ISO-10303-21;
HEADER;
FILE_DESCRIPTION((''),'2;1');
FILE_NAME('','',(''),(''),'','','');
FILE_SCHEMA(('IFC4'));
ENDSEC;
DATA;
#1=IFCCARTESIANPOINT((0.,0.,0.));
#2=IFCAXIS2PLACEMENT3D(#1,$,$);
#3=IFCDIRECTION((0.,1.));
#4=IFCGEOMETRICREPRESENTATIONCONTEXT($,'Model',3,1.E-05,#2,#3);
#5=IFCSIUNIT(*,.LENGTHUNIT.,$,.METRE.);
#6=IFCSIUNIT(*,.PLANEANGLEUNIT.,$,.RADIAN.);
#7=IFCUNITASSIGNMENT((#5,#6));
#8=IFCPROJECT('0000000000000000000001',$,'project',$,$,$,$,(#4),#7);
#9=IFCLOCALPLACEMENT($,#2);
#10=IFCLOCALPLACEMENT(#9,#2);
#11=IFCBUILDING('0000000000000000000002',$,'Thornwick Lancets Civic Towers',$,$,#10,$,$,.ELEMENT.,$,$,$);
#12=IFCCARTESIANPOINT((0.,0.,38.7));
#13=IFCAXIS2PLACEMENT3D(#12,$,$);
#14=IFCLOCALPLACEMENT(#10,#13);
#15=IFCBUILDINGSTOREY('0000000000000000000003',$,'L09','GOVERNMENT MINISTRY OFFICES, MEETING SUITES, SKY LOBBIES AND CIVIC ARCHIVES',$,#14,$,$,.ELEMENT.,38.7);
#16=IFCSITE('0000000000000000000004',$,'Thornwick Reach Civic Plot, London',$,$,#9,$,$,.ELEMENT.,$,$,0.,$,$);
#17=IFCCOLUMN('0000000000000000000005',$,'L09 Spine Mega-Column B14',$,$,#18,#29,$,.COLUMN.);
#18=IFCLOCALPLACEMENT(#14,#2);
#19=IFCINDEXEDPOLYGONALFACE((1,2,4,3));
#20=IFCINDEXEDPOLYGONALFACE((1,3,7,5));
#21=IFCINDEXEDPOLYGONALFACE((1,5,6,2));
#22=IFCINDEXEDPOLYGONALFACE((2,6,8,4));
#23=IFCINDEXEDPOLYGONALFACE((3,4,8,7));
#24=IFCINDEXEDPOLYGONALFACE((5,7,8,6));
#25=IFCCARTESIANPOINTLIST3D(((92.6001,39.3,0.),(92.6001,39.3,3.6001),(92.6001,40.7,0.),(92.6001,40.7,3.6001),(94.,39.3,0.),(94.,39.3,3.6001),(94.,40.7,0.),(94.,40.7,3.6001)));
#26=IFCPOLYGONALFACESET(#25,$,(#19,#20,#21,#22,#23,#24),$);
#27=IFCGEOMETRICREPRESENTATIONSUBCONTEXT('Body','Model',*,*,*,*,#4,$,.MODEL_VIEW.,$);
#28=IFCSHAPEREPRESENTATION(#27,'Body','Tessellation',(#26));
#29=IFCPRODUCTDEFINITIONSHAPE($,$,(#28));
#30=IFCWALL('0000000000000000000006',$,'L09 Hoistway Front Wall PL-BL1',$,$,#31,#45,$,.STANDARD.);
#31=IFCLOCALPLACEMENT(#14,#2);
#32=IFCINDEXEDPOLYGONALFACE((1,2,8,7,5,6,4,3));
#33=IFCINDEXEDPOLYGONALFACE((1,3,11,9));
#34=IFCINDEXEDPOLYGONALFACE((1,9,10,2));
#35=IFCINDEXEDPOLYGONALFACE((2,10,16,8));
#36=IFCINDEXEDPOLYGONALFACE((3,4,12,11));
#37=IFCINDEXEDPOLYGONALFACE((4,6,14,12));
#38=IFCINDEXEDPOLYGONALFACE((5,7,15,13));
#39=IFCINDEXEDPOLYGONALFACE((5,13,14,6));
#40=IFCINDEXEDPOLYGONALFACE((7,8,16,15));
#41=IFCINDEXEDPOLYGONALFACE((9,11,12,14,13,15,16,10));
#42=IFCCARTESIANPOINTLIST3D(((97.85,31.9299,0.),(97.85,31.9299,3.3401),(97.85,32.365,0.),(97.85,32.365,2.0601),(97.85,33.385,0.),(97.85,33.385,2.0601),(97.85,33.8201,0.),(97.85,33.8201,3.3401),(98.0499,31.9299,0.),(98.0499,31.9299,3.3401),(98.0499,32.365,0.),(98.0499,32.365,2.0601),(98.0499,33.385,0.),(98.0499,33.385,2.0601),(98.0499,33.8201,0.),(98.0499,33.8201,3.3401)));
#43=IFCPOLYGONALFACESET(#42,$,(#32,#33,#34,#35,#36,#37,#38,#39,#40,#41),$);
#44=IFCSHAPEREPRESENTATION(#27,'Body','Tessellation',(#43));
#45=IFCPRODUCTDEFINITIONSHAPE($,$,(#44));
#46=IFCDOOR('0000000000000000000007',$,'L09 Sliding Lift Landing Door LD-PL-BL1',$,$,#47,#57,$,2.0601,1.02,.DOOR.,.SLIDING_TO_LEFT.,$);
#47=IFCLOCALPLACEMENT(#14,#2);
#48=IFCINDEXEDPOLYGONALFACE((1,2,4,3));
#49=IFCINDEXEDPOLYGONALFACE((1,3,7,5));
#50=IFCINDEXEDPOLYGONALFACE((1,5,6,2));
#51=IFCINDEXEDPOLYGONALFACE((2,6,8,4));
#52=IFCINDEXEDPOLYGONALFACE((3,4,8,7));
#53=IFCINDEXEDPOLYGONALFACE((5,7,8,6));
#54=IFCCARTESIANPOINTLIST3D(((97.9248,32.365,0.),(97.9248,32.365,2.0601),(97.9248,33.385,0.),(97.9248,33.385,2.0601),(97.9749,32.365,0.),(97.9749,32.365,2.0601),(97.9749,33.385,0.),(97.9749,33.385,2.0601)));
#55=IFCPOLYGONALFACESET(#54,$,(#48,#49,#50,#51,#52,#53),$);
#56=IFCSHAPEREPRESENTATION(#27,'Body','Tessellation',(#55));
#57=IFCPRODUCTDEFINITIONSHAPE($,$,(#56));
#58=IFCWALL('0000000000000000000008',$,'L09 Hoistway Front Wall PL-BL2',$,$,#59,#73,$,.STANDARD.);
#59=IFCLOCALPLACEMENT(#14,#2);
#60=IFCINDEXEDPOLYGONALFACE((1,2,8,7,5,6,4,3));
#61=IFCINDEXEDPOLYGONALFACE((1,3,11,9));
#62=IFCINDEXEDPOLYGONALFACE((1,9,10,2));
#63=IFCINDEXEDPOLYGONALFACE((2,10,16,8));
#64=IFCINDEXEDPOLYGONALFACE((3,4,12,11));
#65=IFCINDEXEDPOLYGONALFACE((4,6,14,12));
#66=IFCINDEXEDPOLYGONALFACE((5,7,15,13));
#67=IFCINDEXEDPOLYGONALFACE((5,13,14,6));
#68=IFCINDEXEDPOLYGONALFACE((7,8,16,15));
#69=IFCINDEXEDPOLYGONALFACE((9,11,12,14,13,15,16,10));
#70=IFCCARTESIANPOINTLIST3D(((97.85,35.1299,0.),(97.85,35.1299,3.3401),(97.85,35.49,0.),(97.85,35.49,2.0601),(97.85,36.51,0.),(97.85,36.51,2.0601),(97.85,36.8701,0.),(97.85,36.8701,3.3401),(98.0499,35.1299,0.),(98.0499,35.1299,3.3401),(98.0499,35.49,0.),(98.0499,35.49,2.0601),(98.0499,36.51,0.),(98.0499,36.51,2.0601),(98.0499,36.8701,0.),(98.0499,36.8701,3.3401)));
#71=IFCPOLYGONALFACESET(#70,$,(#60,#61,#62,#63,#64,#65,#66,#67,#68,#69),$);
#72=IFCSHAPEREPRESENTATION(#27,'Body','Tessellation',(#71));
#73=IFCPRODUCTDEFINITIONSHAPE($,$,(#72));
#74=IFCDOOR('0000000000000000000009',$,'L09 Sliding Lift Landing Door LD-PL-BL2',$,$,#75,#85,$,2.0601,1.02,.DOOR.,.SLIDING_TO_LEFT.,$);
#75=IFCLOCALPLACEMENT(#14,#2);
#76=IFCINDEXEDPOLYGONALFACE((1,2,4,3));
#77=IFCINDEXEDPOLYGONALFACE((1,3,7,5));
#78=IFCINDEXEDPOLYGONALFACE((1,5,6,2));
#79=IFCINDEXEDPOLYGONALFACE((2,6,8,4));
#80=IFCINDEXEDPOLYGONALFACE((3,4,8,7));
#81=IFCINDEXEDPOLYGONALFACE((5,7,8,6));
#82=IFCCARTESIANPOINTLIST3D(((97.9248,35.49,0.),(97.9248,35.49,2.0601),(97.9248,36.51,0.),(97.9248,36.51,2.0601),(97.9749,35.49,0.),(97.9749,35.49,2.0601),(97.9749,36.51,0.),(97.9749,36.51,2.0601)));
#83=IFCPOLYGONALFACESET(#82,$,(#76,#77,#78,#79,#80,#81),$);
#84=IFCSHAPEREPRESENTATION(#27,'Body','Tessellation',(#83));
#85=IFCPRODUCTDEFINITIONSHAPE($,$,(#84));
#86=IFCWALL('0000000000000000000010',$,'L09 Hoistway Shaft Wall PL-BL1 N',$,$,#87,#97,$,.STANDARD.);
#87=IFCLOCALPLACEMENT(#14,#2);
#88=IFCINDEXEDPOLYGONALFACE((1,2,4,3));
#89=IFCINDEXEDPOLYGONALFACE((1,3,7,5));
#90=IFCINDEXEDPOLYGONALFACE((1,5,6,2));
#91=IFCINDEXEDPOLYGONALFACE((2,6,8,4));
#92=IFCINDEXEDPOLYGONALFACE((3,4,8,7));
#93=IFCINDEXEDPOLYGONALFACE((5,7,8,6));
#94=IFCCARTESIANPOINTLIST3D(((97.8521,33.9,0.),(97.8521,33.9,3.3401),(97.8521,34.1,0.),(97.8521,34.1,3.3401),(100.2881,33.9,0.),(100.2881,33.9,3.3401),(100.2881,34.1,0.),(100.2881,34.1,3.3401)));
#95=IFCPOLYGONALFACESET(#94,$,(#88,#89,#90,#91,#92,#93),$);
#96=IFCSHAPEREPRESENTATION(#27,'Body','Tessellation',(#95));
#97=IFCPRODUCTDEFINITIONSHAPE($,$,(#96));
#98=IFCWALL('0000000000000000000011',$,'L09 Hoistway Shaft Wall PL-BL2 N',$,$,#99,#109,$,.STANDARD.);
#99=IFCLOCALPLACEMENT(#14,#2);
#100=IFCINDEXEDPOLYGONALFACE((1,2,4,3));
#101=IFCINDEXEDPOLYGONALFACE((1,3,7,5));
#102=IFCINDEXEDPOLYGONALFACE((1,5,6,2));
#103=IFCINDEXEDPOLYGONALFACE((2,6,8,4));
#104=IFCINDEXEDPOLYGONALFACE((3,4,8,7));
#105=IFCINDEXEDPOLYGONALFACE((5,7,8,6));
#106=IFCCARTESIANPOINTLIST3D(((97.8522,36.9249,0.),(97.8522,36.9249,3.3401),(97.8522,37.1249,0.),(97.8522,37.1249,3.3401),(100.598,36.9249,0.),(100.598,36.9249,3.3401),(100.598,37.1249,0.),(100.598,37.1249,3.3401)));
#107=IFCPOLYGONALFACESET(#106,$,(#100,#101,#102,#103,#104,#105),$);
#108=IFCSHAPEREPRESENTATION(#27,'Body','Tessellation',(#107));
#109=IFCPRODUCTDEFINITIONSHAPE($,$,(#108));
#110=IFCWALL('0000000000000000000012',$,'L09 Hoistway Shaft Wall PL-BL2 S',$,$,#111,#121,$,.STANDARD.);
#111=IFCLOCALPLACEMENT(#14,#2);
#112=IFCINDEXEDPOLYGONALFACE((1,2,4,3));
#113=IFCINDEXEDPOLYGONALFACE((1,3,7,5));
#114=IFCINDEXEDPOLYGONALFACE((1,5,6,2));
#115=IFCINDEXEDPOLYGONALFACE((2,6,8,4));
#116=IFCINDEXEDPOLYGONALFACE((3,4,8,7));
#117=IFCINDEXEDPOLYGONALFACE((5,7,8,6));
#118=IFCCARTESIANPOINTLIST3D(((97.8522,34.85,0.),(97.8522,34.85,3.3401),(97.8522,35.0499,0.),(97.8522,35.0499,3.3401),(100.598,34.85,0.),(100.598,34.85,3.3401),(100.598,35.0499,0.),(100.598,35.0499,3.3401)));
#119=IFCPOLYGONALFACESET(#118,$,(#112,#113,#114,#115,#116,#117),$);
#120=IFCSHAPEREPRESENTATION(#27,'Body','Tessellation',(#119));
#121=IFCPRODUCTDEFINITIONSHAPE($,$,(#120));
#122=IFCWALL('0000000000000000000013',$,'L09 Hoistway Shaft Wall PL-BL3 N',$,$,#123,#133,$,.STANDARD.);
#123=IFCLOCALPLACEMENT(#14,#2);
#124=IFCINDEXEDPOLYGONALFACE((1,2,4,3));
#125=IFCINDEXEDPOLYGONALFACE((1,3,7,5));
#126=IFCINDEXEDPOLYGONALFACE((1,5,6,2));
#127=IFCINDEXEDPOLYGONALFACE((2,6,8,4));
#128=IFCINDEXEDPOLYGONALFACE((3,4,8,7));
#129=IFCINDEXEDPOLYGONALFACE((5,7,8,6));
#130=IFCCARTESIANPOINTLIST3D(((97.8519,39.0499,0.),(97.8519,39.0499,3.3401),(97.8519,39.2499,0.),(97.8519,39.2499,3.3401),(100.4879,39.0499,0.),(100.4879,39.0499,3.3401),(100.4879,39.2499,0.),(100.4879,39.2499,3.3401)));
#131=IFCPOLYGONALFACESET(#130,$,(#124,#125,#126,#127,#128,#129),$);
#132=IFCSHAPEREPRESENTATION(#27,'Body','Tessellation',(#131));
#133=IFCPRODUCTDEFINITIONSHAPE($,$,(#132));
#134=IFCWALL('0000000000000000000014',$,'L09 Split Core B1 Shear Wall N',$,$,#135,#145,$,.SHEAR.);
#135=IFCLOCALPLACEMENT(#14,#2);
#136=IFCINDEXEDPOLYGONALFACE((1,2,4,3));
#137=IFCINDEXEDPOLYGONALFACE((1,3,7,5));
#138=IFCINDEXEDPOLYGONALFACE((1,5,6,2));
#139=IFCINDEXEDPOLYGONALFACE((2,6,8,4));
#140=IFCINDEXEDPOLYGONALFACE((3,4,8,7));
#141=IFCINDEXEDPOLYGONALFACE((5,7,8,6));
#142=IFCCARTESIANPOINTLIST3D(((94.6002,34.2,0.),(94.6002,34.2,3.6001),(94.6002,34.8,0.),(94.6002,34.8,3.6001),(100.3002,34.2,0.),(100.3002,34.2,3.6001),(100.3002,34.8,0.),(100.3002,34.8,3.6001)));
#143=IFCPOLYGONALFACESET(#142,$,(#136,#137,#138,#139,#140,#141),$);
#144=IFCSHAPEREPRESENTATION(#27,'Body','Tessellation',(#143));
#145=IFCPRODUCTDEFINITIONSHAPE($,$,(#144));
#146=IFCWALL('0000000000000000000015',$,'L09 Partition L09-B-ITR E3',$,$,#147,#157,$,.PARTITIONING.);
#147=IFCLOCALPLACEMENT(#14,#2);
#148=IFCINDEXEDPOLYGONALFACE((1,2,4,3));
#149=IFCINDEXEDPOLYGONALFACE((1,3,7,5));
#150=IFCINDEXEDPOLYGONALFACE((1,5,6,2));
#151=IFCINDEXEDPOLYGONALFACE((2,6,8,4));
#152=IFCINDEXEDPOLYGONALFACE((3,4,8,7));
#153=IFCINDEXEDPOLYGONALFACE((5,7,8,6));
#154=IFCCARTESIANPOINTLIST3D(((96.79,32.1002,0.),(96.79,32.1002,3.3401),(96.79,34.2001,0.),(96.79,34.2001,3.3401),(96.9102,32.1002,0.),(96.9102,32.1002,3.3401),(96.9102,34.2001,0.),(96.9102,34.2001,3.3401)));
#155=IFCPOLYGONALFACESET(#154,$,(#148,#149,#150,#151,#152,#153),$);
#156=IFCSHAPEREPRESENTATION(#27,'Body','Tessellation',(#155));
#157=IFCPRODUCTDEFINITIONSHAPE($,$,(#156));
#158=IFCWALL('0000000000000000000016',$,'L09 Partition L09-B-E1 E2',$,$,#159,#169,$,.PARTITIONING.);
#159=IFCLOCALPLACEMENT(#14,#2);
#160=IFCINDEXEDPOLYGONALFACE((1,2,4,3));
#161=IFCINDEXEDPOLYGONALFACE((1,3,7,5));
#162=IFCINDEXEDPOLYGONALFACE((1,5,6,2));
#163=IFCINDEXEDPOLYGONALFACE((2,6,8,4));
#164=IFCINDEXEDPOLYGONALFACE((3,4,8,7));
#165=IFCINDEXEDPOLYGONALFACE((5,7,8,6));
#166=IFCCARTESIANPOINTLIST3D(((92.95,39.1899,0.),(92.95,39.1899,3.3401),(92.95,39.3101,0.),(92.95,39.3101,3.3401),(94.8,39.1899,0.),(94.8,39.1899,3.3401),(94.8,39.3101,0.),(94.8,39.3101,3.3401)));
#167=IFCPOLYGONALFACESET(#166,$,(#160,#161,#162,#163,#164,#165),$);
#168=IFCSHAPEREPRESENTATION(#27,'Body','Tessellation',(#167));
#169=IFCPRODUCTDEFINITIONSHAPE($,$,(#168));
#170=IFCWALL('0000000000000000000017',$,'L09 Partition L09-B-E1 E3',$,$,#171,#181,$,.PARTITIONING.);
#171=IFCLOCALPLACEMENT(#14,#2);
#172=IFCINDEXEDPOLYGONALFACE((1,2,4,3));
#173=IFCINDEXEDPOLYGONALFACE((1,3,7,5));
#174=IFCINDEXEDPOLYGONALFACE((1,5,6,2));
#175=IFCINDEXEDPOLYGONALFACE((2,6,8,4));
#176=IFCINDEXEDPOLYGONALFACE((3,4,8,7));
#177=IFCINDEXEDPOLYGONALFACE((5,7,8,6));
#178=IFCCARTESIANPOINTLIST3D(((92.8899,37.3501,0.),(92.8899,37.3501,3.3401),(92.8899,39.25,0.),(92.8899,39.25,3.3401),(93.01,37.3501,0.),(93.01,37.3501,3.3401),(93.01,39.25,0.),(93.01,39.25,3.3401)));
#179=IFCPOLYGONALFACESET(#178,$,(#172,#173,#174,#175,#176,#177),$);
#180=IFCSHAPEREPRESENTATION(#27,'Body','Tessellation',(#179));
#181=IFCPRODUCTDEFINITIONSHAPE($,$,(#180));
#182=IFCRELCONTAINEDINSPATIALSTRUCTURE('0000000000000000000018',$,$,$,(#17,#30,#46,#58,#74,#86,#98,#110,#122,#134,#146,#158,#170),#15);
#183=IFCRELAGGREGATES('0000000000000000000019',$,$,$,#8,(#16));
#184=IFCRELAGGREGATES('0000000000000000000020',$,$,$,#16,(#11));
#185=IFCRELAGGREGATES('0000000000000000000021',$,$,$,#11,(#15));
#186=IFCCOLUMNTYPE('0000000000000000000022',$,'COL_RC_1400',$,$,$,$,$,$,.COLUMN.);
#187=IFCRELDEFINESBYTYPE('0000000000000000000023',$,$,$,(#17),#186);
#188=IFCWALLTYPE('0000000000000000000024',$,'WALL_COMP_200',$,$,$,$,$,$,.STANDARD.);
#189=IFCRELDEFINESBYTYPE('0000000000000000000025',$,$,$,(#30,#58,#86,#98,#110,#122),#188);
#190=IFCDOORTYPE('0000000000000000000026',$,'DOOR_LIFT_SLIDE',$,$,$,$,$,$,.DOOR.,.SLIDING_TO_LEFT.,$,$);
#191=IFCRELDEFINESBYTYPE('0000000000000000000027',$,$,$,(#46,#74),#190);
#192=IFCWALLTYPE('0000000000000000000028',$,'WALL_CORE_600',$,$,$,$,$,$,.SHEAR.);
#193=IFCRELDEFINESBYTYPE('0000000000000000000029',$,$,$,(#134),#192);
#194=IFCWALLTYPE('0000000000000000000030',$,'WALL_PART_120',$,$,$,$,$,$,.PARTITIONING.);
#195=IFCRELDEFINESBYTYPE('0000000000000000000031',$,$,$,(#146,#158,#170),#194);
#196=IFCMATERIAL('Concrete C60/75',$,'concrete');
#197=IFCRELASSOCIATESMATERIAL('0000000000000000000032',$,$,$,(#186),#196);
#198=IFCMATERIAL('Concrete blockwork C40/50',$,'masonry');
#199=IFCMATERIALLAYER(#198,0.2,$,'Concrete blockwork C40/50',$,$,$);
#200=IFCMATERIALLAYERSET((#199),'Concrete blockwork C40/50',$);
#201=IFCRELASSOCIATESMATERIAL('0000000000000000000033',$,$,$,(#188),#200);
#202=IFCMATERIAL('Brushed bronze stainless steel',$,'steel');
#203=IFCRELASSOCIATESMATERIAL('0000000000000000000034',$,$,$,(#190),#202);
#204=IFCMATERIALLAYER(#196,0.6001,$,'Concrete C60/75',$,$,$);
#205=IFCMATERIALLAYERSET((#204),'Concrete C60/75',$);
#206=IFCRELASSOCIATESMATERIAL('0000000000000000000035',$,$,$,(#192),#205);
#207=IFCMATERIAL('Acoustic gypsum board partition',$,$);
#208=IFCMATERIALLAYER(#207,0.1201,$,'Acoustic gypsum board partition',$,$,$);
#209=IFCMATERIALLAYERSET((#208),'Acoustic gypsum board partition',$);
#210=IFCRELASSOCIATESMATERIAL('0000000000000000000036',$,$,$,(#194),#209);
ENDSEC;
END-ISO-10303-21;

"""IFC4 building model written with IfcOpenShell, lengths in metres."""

from ifc_helpers import new_model, si_unit, direction, frame, frame_2d, origin, origin_2d, place, context, subcontext, project, spatial, rectangle, extrude, material, layer, layer_set, material_profile, profile_set, type_object, element, fill, save


model = new_model("IFC4")

# Units and contexts
model_context = context("Model", 3, precision=1e-05, world=origin(), true_north=direction((0.0, 1.0)))
body_context = subcontext(model_context, "Body", "Model", "MODEL_VIEW")
ifc_project = project(units=[si_unit("LENGTHUNIT", "METRE"), si_unit("PLANEANGLEUNIT", "RADIAN")], contexts=[model_context])

# Site, building, storey
site_placement = place(None, origin())
site = spatial("IfcSite", under=ifc_project, at=site_placement, Name="Thornwick Reach Civic Plot, London", CompositionType="ELEMENT", RefElevation=0.0)
building_placement = place(site_placement, origin())
building = spatial("IfcBuilding", under=site, at=building_placement, Name="Thornwick Lancets Civic Towers", CompositionType="ELEMENT")
storey_placement = place(building_placement, frame((0.0, 0.0, 38.7)))
storey = spatial("IfcBuildingStorey", under=building, at=storey_placement, Name="L09", Description="GOVERNMENT MINISTRY OFFICES, MEETING SUITES, SKY LOBBIES AND CIVIC ARCHIVES", CompositionType="ELEMENT", Elevation=38.7)

# Column
ifc_material_1 = material(Name="Concrete C60/75", Category="concrete")
ifc_material_profile = material_profile(ifc_material_1, rectangle(XDim=1.3999, YDim=1.3999, at=origin_2d()), Name="RC 1400x1400")
ifc_profile_set = profile_set([ifc_material_profile], Name="Concrete C60/75")
column_type = type_object("IfcColumnType", Name="COL_RC_1400", PredefinedType="COLUMN", material=ifc_profile_set)
column_placement = place(storey_placement, frame((93.3, 40.0, 0.0), z_axis=(0.0, 0.0, 1.0), x_axis=(1.0, 0.0, 0.0)))
element("IfcColumn", 1, at=column_placement, inside=storey, type_object=column_type, Name="L09 Spine Mega-Column B14", PredefinedType="COLUMN", context=body_context, shape_type="SweptSolid", body=[
    extrude(rectangle(XDim=1.3999, YDim=1.3999, at=origin_2d()), origin(), (0.0, 0.0, 1.0), 3.6001),
])

# Walls, openings, doors
ifc_material_2 = material(Name="Concrete blockwork C40/50", Category="masonry")
ifc_layer_1 = layer(ifc_material_2, 0.2, Name="Concrete blockwork C40/50")
ifc_layer_set_1 = layer_set([ifc_layer_1], Name="Concrete blockwork C40/50")
wall_type_1 = type_object("IfcWallType", Name="WALL_COMP_200", PredefinedType="STANDARD", material=ifc_layer_set_1)
wall_1_placement = place(storey_placement, frame((97.95, 33.8201, 0.0), z_axis=(0.0, 0.0, 1.0), x_axis=(0.0, -1.0, 0.0)))
wall_1 = element("IfcWall", 2, at=wall_1_placement, inside=storey, type_object=wall_type_1, Name="L09 Hoistway Front Wall PL-BL1", PredefinedType="STANDARD", context=body_context, shape_type="SweptSolid", body=[
    extrude(rectangle(XDim=1.8901, YDim=0.2, at=frame_2d((0.9451, 0.0))), origin(), (0.0, 0.0, 1.0), 3.3401),
])
opening_1_placement = place(wall_1_placement, frame((0.4351, 0.0, 0.0)))
opening_1 = element("IfcOpeningElement", 3, at=opening_1_placement, cuts=wall_1, PredefinedType="OPENING", context=body_context, shape_type="SweptSolid", body=[
    extrude(rectangle(XDim=1.02, YDim=2.0601, at=frame_2d((0.51, 1.03))), frame((0.0, 0.1099, 0.0), z_axis=(0.0, -1.0, 0.0), x_axis=(1.0, 0.0, 0.0)), (0.0, 0.0, 1.0), 0.22),
])
ifc_material_3 = material(Name="Brushed bronze stainless steel", Category="steel")
door_type_1 = type_object("IfcDoorType", Name="DOOR_LIFT_SLIDE", OperationType="SLIDING_TO_LEFT", PredefinedType="DOOR", material=ifc_material_3)
door_1_placement = place(opening_1_placement, origin())
door_1 = element("IfcDoor", 4, at=door_1_placement, inside=storey, type_object=door_type_1, Name="L09 Sliding Lift Landing Door LD-PL-BL1", OperationType="SLIDING_TO_LEFT", OverallHeight=2.0601, OverallWidth=1.02, PredefinedType="DOOR", context=body_context, shape_type="SweptSolid", body=[
    extrude(rectangle(XDim=1.02, YDim=2.0601, at=frame_2d((0.51, 1.03))), frame((0.0, 0.0249, 0.0), z_axis=(0.0, -1.0, 0.0), x_axis=(1.0, 0.0, 0.0)), (0.0, 0.0, 1.0), 0.05),
])
fill(opening_1, door_1)
wall_2_placement = place(storey_placement, frame((97.95, 36.8701, 0.0), z_axis=(0.0, 0.0, 1.0), x_axis=(0.0, -1.0, 0.0)))
wall_2 = element("IfcWall", 5, at=wall_2_placement, inside=storey, type_object=wall_type_1, Name="L09 Hoistway Front Wall PL-BL2", PredefinedType="STANDARD", context=body_context, shape_type="SweptSolid", body=[
    extrude(rectangle(XDim=1.7402, YDim=0.2, at=frame_2d((0.8701, 0.0))), origin(), (0.0, 0.0, 1.0), 3.3401),
])
opening_2_placement = place(wall_2_placement, frame((0.3601, 0.0, 0.0)))
opening_2 = element("IfcOpeningElement", 6, at=opening_2_placement, cuts=wall_2, PredefinedType="OPENING", context=body_context, shape_type="SweptSolid", body=[
    extrude(rectangle(XDim=1.02, YDim=2.0601, at=frame_2d((0.51, 1.03))), frame((0.0, 0.1099, 0.0), z_axis=(0.0, -1.0, 0.0), x_axis=(1.0, 0.0, 0.0)), (0.0, 0.0, 1.0), 0.22),
])
door_2_placement = place(opening_2_placement, origin())
door_2 = element("IfcDoor", 7, at=door_2_placement, inside=storey, type_object=door_type_1, Name="L09 Sliding Lift Landing Door LD-PL-BL2", OperationType="SLIDING_TO_LEFT", OverallHeight=2.0601, OverallWidth=1.02, PredefinedType="DOOR", context=body_context, shape_type="SweptSolid", body=[
    extrude(rectangle(XDim=1.02, YDim=2.0601, at=frame_2d((0.51, 1.03))), frame((0.0, 0.0249, 0.0), z_axis=(0.0, -1.0, 0.0), x_axis=(1.0, 0.0, 0.0)), (0.0, 0.0, 1.0), 0.05),
])
fill(opening_2, door_2)

# Walls
wall_3_placement = place(storey_placement, frame((97.8521, 34.0, 0.0), z_axis=(0.0, 0.0, 1.0), x_axis=(1.0, 0.0, 0.0)))
element("IfcWall", 8, at=wall_3_placement, inside=storey, type_object=wall_type_1, Name="L09 Hoistway Shaft Wall PL-BL1 N", PredefinedType="STANDARD", context=body_context, shape_type="SweptSolid", body=[
    extrude(rectangle(XDim=2.436, YDim=0.2, at=frame_2d((1.218, 0.0))), origin(), (0.0, 0.0, 1.0), 3.3401),
])
for number, where, z_axis, x_axis, name in (
    (9, (97.8521, 37.0249, 0.0), (0.0, 0.0, 1.0), (1.0, 0.0, 0.0), "L09 Hoistway Shaft Wall PL-BL2 N"),
    (10, (97.8521, 34.95, 0.0), (0.0, 0.0, 1.0), (1.0, 0.0, 0.0), "L09 Hoistway Shaft Wall PL-BL2 S"),
):
    element("IfcWall", number, at=place(storey_placement, frame(where, z_axis=z_axis, x_axis=x_axis)), inside=storey, type_object=wall_type_1, Name=name, PredefinedType="STANDARD", context=body_context, shape_type="SweptSolid", body=[
        extrude(rectangle(XDim=2.7458, YDim=0.2, at=frame_2d((1.373, 0.0))), origin(), (0.0, 0.0, 1.0), 3.3401),
    ])
wall_4_placement = place(storey_placement, frame((97.8521, 39.1499, 0.0), z_axis=(0.0, 0.0, 1.0), x_axis=(1.0, 0.0, 0.0)))
element("IfcWall", 11, at=wall_4_placement, inside=storey, type_object=wall_type_1, Name="L09 Hoistway Shaft Wall PL-BL3 N", PredefinedType="STANDARD", context=body_context, shape_type="SweptSolid", body=[
    extrude(rectangle(XDim=2.636, YDim=0.2, at=frame_2d((1.3179, 0.0))), origin(), (0.0, 0.0, 1.0), 3.3401),
])
ifc_layer_2 = layer(ifc_material_1, 0.6001, Name="Concrete C60/75")
ifc_layer_set_2 = layer_set([ifc_layer_2], Name="Concrete C60/75")
wall_type_2 = type_object("IfcWallType", Name="WALL_CORE_600", PredefinedType="SHEAR", material=ifc_layer_set_2)
wall_5_placement = place(storey_placement, frame((94.6001, 34.5, 0.0), z_axis=(0.0, 0.0, 1.0), x_axis=(1.0, 0.0, 0.0)))
element("IfcWall", 12, at=wall_5_placement, inside=storey, type_object=wall_type_2, Name="L09 Split Core B1 Shear Wall N", PredefinedType="SHEAR", context=body_context, shape_type="SweptSolid", body=[
    extrude(rectangle(XDim=5.7, YDim=0.6001, at=frame_2d((2.8501, 0.0))), origin(), (0.0, 0.0, 1.0), 3.6001),
])
ifc_material_4 = material(Name="Acoustic gypsum board partition")
ifc_layer_3 = layer(ifc_material_4, 0.1201, Name="Acoustic gypsum board partition")
ifc_layer_set_3 = layer_set([ifc_layer_3], Name="Acoustic gypsum board partition")
wall_type_3 = type_object("IfcWallType", Name="WALL_PART_120", PredefinedType="PARTITIONING", material=ifc_layer_set_3)
wall_6_placement = place(storey_placement, frame((96.8501, 34.2, 0.0), z_axis=(0.0, 0.0, 1.0), x_axis=(0.0, -1.0, 0.0)))
element("IfcWall", 13, at=wall_6_placement, inside=storey, type_object=wall_type_3, Name="L09 Partition L09-B-ITR E3", PredefinedType="PARTITIONING", context=body_context, shape_type="SweptSolid", body=[
    extrude(rectangle(XDim=2.0999, YDim=0.1201, at=frame_2d((1.0498, 0.0))), origin(), (0.0, 0.0, 1.0), 3.3401),
])
wall_7_placement = place(storey_placement, frame((94.8, 39.25, 0.0), z_axis=(0.0, 0.0, 1.0), x_axis=(-1.0, 0.0, 0.0)))
element("IfcWall", 14, at=wall_7_placement, inside=storey, type_object=wall_type_3, Name="L09 Partition L09-B-E1 E2", PredefinedType="PARTITIONING", context=body_context, shape_type="SweptSolid", body=[
    extrude(rectangle(XDim=1.8501, YDim=0.1201, at=frame_2d((0.925, 0.0))), origin(), (0.0, 0.0, 1.0), 3.3401),
])
wall_8_placement = place(storey_placement, frame((92.95, 39.25, 0.0), z_axis=(0.0, 0.0, 1.0), x_axis=(0.0, -1.0, 0.0)))
element("IfcWall", 15, at=wall_8_placement, inside=storey, type_object=wall_type_3, Name="L09 Partition L09-B-E1 E3", PredefinedType="PARTITIONING", context=body_context, shape_type="SweptSolid", body=[
    extrude(rectangle(XDim=1.8999, YDim=0.1201, at=frame_2d((0.95, 0.0))), origin(), (0.0, 0.0, 1.0), 3.3401),
])

save(model, "model.ifc")
